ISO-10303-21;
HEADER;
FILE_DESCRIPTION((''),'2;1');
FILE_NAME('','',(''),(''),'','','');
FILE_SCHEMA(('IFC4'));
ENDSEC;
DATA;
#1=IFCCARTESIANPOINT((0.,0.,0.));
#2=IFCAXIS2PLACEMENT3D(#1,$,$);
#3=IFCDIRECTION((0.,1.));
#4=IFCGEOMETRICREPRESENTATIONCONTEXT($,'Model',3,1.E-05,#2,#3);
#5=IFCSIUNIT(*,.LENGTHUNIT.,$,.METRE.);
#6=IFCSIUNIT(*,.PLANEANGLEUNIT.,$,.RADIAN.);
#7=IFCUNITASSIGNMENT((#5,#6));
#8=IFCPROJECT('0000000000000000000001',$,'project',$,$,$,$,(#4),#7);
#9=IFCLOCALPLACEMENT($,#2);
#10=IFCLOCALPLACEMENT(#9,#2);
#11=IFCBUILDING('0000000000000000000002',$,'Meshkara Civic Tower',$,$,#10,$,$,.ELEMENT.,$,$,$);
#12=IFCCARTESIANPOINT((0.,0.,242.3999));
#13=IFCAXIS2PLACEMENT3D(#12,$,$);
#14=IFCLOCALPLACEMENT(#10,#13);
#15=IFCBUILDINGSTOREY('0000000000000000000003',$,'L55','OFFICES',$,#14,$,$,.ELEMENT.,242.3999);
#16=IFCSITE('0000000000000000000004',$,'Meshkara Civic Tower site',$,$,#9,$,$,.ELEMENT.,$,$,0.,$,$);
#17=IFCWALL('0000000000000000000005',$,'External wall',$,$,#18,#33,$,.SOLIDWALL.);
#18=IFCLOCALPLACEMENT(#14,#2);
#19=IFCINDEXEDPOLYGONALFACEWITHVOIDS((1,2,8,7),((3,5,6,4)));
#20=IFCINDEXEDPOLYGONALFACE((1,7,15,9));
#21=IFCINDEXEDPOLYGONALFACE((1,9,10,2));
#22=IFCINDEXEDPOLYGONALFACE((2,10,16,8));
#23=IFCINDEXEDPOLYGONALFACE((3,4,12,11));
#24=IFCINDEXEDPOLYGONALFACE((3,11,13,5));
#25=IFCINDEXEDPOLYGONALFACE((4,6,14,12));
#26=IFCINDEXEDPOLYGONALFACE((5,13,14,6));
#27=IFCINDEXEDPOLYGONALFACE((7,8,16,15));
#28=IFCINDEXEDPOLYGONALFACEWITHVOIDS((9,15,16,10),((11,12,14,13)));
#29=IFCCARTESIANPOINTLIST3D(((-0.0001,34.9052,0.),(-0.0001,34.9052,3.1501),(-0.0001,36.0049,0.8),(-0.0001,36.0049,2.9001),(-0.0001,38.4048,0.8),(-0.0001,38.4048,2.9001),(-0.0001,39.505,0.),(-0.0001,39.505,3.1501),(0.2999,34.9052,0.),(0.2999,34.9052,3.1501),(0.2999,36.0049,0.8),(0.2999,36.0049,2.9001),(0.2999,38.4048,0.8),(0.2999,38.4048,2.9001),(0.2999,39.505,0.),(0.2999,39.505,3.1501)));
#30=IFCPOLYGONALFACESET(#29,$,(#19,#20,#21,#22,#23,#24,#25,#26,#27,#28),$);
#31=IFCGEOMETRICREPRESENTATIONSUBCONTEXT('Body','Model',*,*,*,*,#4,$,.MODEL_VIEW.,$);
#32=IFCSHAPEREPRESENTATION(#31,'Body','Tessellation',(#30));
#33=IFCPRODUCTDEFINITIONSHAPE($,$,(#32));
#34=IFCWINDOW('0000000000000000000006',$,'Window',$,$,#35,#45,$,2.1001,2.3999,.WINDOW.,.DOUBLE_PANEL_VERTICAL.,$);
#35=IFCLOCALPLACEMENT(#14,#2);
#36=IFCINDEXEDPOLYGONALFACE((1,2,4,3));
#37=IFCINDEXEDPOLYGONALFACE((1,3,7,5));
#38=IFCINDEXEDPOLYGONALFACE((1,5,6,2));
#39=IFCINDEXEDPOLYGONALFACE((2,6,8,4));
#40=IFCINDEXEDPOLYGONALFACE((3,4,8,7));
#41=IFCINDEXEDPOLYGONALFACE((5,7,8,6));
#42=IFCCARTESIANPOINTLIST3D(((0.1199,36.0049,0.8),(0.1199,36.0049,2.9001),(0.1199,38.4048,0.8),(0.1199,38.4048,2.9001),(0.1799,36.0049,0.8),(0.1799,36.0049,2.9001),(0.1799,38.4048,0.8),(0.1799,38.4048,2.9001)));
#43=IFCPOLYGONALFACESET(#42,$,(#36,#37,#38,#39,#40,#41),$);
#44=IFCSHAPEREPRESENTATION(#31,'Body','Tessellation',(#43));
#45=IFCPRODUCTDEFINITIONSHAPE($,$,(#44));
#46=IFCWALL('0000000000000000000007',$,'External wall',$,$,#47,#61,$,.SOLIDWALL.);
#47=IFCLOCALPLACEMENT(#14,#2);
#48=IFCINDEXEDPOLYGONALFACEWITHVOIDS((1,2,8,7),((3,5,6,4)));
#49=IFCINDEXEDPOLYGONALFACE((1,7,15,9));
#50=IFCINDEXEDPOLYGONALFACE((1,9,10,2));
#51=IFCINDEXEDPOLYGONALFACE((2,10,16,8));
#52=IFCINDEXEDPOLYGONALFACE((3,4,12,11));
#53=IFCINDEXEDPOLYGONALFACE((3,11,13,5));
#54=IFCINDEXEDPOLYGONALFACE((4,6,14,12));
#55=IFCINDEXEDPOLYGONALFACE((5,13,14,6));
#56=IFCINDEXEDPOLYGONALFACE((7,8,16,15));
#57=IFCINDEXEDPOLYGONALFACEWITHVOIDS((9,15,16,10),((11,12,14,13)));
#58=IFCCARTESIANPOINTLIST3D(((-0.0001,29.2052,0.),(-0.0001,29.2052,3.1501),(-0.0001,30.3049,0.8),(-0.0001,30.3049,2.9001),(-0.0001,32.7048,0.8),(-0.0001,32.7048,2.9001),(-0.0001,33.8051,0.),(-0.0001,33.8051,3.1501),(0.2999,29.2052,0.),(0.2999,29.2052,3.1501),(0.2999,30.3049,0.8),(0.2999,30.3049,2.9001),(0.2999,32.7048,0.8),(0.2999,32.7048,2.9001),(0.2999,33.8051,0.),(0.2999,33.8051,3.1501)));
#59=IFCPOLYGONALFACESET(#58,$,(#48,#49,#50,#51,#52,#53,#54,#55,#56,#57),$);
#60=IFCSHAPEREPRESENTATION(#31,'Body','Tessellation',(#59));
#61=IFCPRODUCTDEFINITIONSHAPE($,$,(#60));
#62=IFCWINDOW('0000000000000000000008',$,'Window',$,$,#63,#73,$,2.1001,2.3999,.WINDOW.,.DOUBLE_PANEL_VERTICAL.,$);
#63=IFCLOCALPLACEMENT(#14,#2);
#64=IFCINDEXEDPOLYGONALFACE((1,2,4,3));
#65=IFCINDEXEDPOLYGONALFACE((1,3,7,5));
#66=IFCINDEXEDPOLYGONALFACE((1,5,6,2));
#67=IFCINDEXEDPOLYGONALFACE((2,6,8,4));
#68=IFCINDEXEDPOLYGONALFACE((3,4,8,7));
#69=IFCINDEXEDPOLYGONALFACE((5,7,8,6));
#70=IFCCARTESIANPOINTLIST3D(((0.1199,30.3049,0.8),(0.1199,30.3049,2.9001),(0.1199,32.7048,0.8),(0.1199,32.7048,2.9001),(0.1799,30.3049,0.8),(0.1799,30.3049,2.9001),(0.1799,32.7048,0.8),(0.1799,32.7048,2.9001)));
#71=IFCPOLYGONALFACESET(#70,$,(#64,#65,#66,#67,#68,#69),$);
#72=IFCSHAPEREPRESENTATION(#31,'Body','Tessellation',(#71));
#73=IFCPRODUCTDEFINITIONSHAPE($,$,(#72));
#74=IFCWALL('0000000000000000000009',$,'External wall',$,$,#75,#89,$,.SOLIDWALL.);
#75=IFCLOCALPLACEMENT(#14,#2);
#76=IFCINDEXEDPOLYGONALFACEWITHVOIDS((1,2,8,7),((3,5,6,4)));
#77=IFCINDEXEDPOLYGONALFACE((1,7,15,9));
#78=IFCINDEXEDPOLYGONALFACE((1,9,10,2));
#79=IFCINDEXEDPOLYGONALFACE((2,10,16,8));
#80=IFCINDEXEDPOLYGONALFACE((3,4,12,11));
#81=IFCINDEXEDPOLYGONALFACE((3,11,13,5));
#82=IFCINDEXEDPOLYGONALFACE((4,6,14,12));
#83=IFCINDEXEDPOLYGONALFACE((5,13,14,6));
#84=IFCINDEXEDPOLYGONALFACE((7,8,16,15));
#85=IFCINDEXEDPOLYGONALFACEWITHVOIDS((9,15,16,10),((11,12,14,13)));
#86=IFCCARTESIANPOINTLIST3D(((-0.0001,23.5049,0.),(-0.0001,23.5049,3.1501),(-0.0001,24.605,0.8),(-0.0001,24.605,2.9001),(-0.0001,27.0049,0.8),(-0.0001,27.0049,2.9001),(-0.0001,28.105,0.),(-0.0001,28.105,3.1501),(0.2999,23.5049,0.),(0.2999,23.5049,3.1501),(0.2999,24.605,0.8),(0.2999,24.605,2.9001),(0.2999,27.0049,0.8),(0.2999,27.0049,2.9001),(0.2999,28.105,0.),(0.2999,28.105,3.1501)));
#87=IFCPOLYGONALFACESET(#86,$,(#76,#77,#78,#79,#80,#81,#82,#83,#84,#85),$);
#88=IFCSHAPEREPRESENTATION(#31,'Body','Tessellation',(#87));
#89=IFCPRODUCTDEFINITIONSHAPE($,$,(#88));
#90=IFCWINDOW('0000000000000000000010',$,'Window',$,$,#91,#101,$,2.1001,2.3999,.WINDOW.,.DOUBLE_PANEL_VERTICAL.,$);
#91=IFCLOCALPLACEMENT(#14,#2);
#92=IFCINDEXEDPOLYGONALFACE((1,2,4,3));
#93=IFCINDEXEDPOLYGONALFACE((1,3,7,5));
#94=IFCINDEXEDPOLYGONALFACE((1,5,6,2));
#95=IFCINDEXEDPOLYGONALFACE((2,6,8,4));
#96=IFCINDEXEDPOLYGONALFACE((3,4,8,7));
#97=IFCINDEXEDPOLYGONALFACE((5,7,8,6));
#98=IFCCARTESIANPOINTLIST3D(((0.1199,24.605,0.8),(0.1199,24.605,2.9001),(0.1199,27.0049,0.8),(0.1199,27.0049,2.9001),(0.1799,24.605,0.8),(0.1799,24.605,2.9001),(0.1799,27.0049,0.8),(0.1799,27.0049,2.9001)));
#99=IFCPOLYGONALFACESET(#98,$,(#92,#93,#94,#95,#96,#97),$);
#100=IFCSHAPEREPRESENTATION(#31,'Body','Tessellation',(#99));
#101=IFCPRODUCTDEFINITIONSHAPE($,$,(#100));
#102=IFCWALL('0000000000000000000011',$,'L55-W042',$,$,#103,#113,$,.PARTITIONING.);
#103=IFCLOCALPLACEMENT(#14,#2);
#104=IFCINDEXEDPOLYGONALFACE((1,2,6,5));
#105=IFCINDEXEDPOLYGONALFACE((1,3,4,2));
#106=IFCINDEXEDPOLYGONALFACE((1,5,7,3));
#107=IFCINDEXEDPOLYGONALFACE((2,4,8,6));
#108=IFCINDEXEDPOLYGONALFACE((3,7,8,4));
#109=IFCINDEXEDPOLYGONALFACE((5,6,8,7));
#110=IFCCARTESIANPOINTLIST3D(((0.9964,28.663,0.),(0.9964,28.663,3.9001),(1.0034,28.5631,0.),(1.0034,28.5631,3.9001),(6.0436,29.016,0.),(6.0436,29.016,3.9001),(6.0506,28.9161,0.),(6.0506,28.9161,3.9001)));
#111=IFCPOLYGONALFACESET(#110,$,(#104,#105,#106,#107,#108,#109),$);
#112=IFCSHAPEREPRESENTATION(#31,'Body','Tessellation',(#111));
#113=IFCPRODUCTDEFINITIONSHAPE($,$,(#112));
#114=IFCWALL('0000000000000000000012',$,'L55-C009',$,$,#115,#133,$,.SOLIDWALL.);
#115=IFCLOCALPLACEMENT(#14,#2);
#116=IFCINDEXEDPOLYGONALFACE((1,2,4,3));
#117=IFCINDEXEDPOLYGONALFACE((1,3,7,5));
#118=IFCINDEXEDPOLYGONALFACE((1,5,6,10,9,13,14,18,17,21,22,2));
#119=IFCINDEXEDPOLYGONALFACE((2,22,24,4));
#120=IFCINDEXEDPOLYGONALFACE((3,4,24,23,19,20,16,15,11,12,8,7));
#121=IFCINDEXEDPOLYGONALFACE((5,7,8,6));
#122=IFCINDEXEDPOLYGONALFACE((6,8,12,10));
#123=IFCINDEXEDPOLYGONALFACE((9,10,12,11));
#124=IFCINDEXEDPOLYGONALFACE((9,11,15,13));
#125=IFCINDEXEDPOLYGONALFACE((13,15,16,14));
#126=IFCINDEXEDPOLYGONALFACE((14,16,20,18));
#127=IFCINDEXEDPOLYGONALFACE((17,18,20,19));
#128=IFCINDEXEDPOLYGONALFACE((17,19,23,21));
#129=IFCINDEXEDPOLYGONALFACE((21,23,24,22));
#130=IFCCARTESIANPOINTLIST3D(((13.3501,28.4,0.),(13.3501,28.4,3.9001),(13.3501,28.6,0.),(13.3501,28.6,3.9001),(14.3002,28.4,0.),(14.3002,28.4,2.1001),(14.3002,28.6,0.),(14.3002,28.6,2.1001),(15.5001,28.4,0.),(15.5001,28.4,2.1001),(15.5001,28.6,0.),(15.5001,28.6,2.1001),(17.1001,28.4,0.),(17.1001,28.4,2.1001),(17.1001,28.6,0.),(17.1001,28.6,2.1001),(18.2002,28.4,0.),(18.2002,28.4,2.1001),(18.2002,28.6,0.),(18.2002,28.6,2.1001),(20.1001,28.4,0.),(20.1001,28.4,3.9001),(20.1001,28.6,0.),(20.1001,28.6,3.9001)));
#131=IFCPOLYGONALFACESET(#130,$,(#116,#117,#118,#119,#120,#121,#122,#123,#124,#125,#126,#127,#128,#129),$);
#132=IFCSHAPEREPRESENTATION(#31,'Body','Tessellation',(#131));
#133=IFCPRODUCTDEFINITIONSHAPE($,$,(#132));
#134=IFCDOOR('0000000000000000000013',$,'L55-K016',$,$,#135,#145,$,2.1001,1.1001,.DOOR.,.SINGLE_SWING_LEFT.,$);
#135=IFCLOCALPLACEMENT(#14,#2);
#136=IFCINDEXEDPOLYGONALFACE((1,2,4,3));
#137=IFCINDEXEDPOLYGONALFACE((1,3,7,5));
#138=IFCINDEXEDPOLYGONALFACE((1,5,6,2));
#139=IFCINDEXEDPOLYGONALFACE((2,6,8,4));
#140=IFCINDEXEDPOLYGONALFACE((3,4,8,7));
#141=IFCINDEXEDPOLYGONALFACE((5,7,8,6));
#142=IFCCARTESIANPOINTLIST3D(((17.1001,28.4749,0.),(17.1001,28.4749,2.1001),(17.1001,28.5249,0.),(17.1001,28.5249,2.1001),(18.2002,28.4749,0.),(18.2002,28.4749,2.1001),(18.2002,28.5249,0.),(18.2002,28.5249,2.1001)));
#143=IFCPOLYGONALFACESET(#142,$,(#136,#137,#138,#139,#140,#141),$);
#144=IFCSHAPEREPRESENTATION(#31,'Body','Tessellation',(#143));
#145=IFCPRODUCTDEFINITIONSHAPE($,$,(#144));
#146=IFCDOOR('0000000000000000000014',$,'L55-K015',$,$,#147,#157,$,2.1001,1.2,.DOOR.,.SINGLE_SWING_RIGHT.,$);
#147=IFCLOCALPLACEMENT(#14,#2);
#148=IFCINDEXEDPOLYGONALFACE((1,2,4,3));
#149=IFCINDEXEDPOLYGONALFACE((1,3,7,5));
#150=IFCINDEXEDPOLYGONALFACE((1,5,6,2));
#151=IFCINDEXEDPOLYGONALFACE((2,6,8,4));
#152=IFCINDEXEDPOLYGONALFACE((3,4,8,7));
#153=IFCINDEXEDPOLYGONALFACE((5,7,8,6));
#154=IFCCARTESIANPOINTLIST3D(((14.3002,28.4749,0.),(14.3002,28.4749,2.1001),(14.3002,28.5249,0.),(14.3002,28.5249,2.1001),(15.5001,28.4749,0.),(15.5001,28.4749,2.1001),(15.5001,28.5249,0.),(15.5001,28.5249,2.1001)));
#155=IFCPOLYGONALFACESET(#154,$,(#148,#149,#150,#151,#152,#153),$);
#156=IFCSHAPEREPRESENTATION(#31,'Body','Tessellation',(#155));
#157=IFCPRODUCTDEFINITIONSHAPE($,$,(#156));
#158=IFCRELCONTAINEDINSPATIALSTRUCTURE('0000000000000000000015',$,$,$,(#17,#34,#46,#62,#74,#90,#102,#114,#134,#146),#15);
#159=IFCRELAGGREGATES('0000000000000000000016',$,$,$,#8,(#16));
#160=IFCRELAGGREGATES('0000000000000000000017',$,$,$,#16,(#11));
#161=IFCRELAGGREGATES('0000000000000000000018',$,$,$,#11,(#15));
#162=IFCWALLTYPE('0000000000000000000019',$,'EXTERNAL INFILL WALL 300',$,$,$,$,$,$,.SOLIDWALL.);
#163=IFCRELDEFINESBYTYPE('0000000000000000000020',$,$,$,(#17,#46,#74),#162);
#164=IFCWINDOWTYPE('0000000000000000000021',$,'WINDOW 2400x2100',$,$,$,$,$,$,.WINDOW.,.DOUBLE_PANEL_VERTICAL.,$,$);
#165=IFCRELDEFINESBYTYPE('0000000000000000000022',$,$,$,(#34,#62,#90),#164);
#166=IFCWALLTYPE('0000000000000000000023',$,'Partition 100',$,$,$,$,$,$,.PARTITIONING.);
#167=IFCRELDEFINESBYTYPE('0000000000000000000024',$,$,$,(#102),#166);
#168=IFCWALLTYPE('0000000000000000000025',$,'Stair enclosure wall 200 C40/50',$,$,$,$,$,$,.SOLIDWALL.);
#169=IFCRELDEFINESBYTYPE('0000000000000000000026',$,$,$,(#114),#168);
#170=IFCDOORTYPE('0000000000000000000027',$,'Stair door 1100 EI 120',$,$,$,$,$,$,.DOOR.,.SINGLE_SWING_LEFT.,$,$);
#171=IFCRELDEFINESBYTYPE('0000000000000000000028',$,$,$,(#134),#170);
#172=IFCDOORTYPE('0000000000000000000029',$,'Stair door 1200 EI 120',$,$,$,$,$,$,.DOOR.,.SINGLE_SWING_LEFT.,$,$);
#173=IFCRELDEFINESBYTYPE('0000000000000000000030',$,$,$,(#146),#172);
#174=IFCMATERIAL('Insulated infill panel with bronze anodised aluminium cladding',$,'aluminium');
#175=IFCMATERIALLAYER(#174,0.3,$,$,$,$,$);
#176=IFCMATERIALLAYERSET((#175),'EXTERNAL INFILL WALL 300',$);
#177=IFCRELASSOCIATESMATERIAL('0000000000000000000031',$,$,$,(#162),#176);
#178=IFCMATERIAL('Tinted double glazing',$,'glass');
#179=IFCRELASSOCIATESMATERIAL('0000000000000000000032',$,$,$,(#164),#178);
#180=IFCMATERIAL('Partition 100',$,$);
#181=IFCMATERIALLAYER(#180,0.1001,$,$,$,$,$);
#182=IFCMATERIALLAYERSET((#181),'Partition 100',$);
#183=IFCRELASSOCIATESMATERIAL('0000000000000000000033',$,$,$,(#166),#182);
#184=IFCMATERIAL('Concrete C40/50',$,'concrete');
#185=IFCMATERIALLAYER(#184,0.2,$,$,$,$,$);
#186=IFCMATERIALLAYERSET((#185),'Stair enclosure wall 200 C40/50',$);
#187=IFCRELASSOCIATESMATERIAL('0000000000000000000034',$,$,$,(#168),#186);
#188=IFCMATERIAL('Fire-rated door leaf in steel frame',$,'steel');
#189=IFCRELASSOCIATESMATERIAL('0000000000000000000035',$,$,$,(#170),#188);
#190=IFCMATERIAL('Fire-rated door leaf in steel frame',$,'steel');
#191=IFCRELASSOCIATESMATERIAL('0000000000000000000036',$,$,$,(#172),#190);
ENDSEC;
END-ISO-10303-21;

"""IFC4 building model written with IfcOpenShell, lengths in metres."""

from ifc_helpers import new_model, si_unit, direction, frame, frame_2d, origin, place, context, subcontext, project, spatial, rectangle, extrude, material, layer, layer_set, type_object, element, fill, save


model = new_model("IFC4")

# Units and contexts
model_context = context("Model", 3, precision=1e-05, world=origin(), true_north=direction((0.0, 1.0)))
body_context = subcontext(model_context, "Body", "Model", "MODEL_VIEW")
ifc_project = project(units=[si_unit("LENGTHUNIT", "METRE"), si_unit("PLANEANGLEUNIT", "RADIAN")], contexts=[model_context])

# Site, building, storey
site_placement = place(None, origin())
site = spatial("IfcSite", under=ifc_project, at=site_placement, Name="Meshkara Civic Tower site", CompositionType="ELEMENT", RefElevation=0.0)
building_placement = place(site_placement, origin())
building = spatial("IfcBuilding", under=site, at=building_placement, Name="Meshkara Civic Tower", CompositionType="ELEMENT")
storey_placement = place(building_placement, frame((0.0, 0.0, 242.3999)))
storey = spatial("IfcBuildingStorey", under=building, at=storey_placement, Name="L55", Description="OFFICES", CompositionType="ELEMENT", Elevation=242.3999)

# Walls, openings, windows
ifc_material_1 = material(Name="Insulated infill panel with bronze anodised aluminium cladding", Category="aluminium")
ifc_layer_1 = layer(ifc_material_1, 0.3)
ifc_layer_set_1 = layer_set([ifc_layer_1], Name="EXTERNAL INFILL WALL 300")
wall_type_1 = type_object("IfcWallType", Name="EXTERNAL INFILL WALL 300", PredefinedType="SOLIDWALL", material=ifc_layer_set_1)
wall_1_placement = place(storey_placement, frame((0.1499, 39.5049, 0.0), z_axis=(0.0, 0.0, 1.0), x_axis=(0.0, -1.0, 0.0)))
wall_1 = element("IfcWall", 1, at=wall_1_placement, inside=storey, type_object=wall_type_1, Name="External wall", PredefinedType="SOLIDWALL", context=body_context, shape_type="SweptSolid", body=[
    extrude(rectangle(XDim=4.5999, YDim=0.3, at=frame_2d((2.2998, 0.0))), origin(), (0.0, 0.0, 1.0), 3.1501),
])
opening_1_placement = place(wall_1_placement, frame((1.1001, 0.0, 0.8)))
opening_1 = element("IfcOpeningElement", 2, at=opening_1_placement, cuts=wall_1, PredefinedType="OPENING", context=body_context, shape_type="SweptSolid", body=[
    extrude(rectangle(XDim=2.3999, YDim=2.1001, at=frame_2d((1.2, 1.05))), frame((0.0, 0.1599, 0.0), z_axis=(0.0, -1.0, 0.0), x_axis=(1.0, 0.0, 0.0)), (0.0, 0.0, 1.0), 0.3201),
])
ifc_material_2 = material(Name="Tinted double glazing", Category="glass")
window_type = type_object("IfcWindowType", Name="WINDOW 2400x2100", PartitioningType="DOUBLE_PANEL_VERTICAL", PredefinedType="WINDOW", material=ifc_material_2)
window_1_placement = place(opening_1_placement, origin())
window_1 = element("IfcWindow", 3, at=window_1_placement, inside=storey, type_object=window_type, Name="Window", OverallHeight=2.1001, OverallWidth=2.3999, PartitioningType="DOUBLE_PANEL_VERTICAL", PredefinedType="WINDOW", context=body_context, shape_type="SweptSolid", body=[
    extrude(rectangle(XDim=2.3999, YDim=2.1001, at=frame_2d((1.2, 1.05))), frame((0.0, 0.03, 0.0), z_axis=(0.0, -1.0, 0.0), x_axis=(1.0, 0.0, 0.0)), (0.0, 0.0, 1.0), 0.0601),
])
fill(opening_1, window_1)
wall_2_placement = place(storey_placement, frame((0.1499, 33.8049, 0.0), z_axis=(0.0, 0.0, 1.0), x_axis=(0.0, -1.0, 0.0)))
wall_2 = element("IfcWall", 4, at=wall_2_placement, inside=storey, type_object=wall_type_1, Name="External wall", PredefinedType="SOLIDWALL", context=body_context, shape_type="SweptSolid", body=[
    extrude(rectangle(XDim=4.5999, YDim=0.3, at=frame_2d((2.2998, 0.0))), origin(), (0.0, 0.0, 1.0), 3.1501),
])
opening_2_placement = place(wall_2_placement, frame((1.1001, 0.0, 0.8)))
opening_2 = element("IfcOpeningElement", 5, at=opening_2_placement, cuts=wall_2, PredefinedType="OPENING", context=body_context, shape_type="SweptSolid", body=[
    extrude(rectangle(XDim=2.3999, YDim=2.1001, at=frame_2d((1.2, 1.05))), frame((0.0, 0.1599, 0.0), z_axis=(0.0, -1.0, 0.0), x_axis=(1.0, 0.0, 0.0)), (0.0, 0.0, 1.0), 0.3201),
])
window_2_placement = place(opening_2_placement, origin())
window_2 = element("IfcWindow", 6, at=window_2_placement, inside=storey, type_object=window_type, Name="Window", OverallHeight=2.1001, OverallWidth=2.3999, PartitioningType="DOUBLE_PANEL_VERTICAL", PredefinedType="WINDOW", context=body_context, shape_type="SweptSolid", body=[
    extrude(rectangle(XDim=2.3999, YDim=2.1001, at=frame_2d((1.2, 1.05))), frame((0.0, 0.03, 0.0), z_axis=(0.0, -1.0, 0.0), x_axis=(1.0, 0.0, 0.0)), (0.0, 0.0, 1.0), 0.0601),
])
fill(opening_2, window_2)
wall_3_placement = place(storey_placement, frame((0.1499, 28.105, 0.0), z_axis=(0.0, 0.0, 1.0), x_axis=(0.0, -1.0, 0.0)))
wall_3 = element("IfcWall", 7, at=wall_3_placement, inside=storey, type_object=wall_type_1, Name="External wall", PredefinedType="SOLIDWALL", context=body_context, shape_type="SweptSolid", body=[
    extrude(rectangle(XDim=4.6001, YDim=0.3, at=frame_2d((2.3, 0.0))), origin(), (0.0, 0.0, 1.0), 3.1501),
])
opening_3_placement = place(wall_3_placement, frame((1.1001, 0.0, 0.8)))
opening_3 = element("IfcOpeningElement", 8, at=opening_3_placement, cuts=wall_3, PredefinedType="OPENING", context=body_context, shape_type="SweptSolid", body=[
    extrude(rectangle(XDim=2.3999, YDim=2.1001, at=frame_2d((1.2, 1.05))), frame((0.0, 0.1599, 0.0), z_axis=(0.0, -1.0, 0.0), x_axis=(1.0, 0.0, 0.0)), (0.0, 0.0, 1.0), 0.3201),
])
window_3_placement = place(opening_3_placement, origin())
window_3 = element("IfcWindow", 9, at=window_3_placement, inside=storey, type_object=window_type, Name="Window", OverallHeight=2.1001, OverallWidth=2.3999, PartitioningType="DOUBLE_PANEL_VERTICAL", PredefinedType="WINDOW", context=body_context, shape_type="SweptSolid", body=[
    extrude(rectangle(XDim=2.3999, YDim=2.1001, at=frame_2d((1.2, 1.05))), frame((0.0, 0.03, 0.0), z_axis=(0.0, -1.0, 0.0), x_axis=(1.0, 0.0, 0.0)), (0.0, 0.0, 1.0), 0.0601),
])
fill(opening_3, window_3)

# Wall
ifc_material_3 = material(Name="Partition 100")
ifc_layer_2 = layer(ifc_material_3, 0.1001)
ifc_layer_set_2 = layer_set([ifc_layer_2], Name="Partition 100")
wall_type_2 = type_object("IfcWallType", Name="Partition 100", PredefinedType="PARTITIONING", material=ifc_layer_set_2)
wall_4_placement = place(storey_placement, frame((6.0471, 28.9661, 0.0), z_axis=(0.0, 0.0, 1.0), x_axis=(-0.997563, -0.069776, 0.0)))
element("IfcWall", 10, at=wall_4_placement, inside=storey, type_object=wall_type_2, Name="L55-W042", PredefinedType="PARTITIONING", context=body_context, shape_type="SweptSolid", body=[
    extrude(rectangle(XDim=5.0596, YDim=0.1001, at=frame_2d((2.5298, 0.0))), origin(), (0.0, 0.0, 1.0), 3.9001),
])

# Wall, openings, doors
ifc_material_4 = material(Name="Concrete C40/50", Category="concrete")
ifc_layer_3 = layer(ifc_material_4, 0.2)
ifc_layer_set_3 = layer_set([ifc_layer_3], Name="Stair enclosure wall 200 C40/50")
wall_type_3 = type_object("IfcWallType", Name="Stair enclosure wall 200 C40/50", PredefinedType="SOLIDWALL", material=ifc_layer_set_3)
wall_5_placement = place(storey_placement, frame((13.3501, 28.5, 0.0), z_axis=(0.0, 0.0, 1.0), x_axis=(1.0, 0.0, 0.0)))
wall_5 = element("IfcWall", 11, at=wall_5_placement, inside=storey, type_object=wall_type_3, Name="L55-C009", PredefinedType="SOLIDWALL", context=body_context, shape_type="SweptSolid", body=[
    extrude(rectangle(XDim=6.75, YDim=0.2, at=frame_2d((3.375, 0.0))), origin(), (0.0, 0.0, 1.0), 3.9001),
])
opening_4_placement = place(wall_5_placement, frame((0.95, 0.0, 0.0)))
opening_4 = element("IfcOpeningElement", 12, at=opening_4_placement, cuts=wall_5, PredefinedType="OPENING", context=body_context, shape_type="SweptSolid", body=[
    extrude(rectangle(XDim=1.2, YDim=2.1001, at=frame_2d((0.6001, 1.05))), frame((0.0, 0.1099, 0.0), z_axis=(0.0, -1.0, 0.0), x_axis=(1.0, 0.0, 0.0)), (0.0, 0.0, 1.0), 0.22),
])
opening_5_placement = place(wall_5_placement, frame((3.75, 0.0, 0.0)))
opening_5 = element("IfcOpeningElement", 13, at=opening_5_placement, cuts=wall_5, PredefinedType="OPENING", context=body_context, shape_type="SweptSolid", body=[
    extrude(rectangle(XDim=1.1001, YDim=2.1001, at=frame_2d((0.55, 1.05))), frame((0.0, 0.1099, 0.0), z_axis=(0.0, -1.0, 0.0), x_axis=(1.0, 0.0, 0.0)), (0.0, 0.0, 1.0), 0.22),
])
ifc_material_5 = material(Name="Fire-rated door leaf in steel frame", Category="steel")
door_type_1 = type_object("IfcDoorType", Name="Stair door 1100 EI 120", OperationType="SINGLE_SWING_LEFT", PredefinedType="DOOR", material=ifc_material_5)
door_1_placement = place(opening_5_placement, origin())
door_1 = element("IfcDoor", 14, at=door_1_placement, inside=storey, type_object=door_type_1, Name="L55-K016", OperationType="SINGLE_SWING_LEFT", OverallHeight=2.1001, OverallWidth=1.1001, PredefinedType="DOOR", context=body_context, shape_type="SweptSolid", body=[
    extrude(rectangle(XDim=1.1001, YDim=2.1001, at=frame_2d((0.55, 1.05))), frame((0.0, 0.0249, 0.0), z_axis=(0.0, -1.0, 0.0), x_axis=(1.0, 0.0, 0.0)), (0.0, 0.0, 1.0), 0.05),
])
fill(opening_5, door_1)
ifc_material_6 = material(Name="Fire-rated door leaf in steel frame", Category="steel")
door_type_2 = type_object("IfcDoorType", Name="Stair door 1200 EI 120", OperationType="SINGLE_SWING_LEFT", PredefinedType="DOOR", material=ifc_material_6)
door_2_placement = place(opening_4_placement, origin())
door_2 = element("IfcDoor", 15, at=door_2_placement, inside=storey, type_object=door_type_2, Name="L55-K015", OperationType="SINGLE_SWING_RIGHT", OverallHeight=2.1001, OverallWidth=1.2, PredefinedType="DOOR", context=body_context, shape_type="SweptSolid", body=[
    extrude(rectangle(XDim=1.2, YDim=2.1001, at=frame_2d((0.6001, 1.05))), frame((0.0, 0.0249, 0.0), z_axis=(0.0, -1.0, 0.0), x_axis=(1.0, 0.0, 0.0)), (0.0, 0.0, 1.0), 0.05),
])
fill(opening_4, door_2)

save(model, "model.ifc")
